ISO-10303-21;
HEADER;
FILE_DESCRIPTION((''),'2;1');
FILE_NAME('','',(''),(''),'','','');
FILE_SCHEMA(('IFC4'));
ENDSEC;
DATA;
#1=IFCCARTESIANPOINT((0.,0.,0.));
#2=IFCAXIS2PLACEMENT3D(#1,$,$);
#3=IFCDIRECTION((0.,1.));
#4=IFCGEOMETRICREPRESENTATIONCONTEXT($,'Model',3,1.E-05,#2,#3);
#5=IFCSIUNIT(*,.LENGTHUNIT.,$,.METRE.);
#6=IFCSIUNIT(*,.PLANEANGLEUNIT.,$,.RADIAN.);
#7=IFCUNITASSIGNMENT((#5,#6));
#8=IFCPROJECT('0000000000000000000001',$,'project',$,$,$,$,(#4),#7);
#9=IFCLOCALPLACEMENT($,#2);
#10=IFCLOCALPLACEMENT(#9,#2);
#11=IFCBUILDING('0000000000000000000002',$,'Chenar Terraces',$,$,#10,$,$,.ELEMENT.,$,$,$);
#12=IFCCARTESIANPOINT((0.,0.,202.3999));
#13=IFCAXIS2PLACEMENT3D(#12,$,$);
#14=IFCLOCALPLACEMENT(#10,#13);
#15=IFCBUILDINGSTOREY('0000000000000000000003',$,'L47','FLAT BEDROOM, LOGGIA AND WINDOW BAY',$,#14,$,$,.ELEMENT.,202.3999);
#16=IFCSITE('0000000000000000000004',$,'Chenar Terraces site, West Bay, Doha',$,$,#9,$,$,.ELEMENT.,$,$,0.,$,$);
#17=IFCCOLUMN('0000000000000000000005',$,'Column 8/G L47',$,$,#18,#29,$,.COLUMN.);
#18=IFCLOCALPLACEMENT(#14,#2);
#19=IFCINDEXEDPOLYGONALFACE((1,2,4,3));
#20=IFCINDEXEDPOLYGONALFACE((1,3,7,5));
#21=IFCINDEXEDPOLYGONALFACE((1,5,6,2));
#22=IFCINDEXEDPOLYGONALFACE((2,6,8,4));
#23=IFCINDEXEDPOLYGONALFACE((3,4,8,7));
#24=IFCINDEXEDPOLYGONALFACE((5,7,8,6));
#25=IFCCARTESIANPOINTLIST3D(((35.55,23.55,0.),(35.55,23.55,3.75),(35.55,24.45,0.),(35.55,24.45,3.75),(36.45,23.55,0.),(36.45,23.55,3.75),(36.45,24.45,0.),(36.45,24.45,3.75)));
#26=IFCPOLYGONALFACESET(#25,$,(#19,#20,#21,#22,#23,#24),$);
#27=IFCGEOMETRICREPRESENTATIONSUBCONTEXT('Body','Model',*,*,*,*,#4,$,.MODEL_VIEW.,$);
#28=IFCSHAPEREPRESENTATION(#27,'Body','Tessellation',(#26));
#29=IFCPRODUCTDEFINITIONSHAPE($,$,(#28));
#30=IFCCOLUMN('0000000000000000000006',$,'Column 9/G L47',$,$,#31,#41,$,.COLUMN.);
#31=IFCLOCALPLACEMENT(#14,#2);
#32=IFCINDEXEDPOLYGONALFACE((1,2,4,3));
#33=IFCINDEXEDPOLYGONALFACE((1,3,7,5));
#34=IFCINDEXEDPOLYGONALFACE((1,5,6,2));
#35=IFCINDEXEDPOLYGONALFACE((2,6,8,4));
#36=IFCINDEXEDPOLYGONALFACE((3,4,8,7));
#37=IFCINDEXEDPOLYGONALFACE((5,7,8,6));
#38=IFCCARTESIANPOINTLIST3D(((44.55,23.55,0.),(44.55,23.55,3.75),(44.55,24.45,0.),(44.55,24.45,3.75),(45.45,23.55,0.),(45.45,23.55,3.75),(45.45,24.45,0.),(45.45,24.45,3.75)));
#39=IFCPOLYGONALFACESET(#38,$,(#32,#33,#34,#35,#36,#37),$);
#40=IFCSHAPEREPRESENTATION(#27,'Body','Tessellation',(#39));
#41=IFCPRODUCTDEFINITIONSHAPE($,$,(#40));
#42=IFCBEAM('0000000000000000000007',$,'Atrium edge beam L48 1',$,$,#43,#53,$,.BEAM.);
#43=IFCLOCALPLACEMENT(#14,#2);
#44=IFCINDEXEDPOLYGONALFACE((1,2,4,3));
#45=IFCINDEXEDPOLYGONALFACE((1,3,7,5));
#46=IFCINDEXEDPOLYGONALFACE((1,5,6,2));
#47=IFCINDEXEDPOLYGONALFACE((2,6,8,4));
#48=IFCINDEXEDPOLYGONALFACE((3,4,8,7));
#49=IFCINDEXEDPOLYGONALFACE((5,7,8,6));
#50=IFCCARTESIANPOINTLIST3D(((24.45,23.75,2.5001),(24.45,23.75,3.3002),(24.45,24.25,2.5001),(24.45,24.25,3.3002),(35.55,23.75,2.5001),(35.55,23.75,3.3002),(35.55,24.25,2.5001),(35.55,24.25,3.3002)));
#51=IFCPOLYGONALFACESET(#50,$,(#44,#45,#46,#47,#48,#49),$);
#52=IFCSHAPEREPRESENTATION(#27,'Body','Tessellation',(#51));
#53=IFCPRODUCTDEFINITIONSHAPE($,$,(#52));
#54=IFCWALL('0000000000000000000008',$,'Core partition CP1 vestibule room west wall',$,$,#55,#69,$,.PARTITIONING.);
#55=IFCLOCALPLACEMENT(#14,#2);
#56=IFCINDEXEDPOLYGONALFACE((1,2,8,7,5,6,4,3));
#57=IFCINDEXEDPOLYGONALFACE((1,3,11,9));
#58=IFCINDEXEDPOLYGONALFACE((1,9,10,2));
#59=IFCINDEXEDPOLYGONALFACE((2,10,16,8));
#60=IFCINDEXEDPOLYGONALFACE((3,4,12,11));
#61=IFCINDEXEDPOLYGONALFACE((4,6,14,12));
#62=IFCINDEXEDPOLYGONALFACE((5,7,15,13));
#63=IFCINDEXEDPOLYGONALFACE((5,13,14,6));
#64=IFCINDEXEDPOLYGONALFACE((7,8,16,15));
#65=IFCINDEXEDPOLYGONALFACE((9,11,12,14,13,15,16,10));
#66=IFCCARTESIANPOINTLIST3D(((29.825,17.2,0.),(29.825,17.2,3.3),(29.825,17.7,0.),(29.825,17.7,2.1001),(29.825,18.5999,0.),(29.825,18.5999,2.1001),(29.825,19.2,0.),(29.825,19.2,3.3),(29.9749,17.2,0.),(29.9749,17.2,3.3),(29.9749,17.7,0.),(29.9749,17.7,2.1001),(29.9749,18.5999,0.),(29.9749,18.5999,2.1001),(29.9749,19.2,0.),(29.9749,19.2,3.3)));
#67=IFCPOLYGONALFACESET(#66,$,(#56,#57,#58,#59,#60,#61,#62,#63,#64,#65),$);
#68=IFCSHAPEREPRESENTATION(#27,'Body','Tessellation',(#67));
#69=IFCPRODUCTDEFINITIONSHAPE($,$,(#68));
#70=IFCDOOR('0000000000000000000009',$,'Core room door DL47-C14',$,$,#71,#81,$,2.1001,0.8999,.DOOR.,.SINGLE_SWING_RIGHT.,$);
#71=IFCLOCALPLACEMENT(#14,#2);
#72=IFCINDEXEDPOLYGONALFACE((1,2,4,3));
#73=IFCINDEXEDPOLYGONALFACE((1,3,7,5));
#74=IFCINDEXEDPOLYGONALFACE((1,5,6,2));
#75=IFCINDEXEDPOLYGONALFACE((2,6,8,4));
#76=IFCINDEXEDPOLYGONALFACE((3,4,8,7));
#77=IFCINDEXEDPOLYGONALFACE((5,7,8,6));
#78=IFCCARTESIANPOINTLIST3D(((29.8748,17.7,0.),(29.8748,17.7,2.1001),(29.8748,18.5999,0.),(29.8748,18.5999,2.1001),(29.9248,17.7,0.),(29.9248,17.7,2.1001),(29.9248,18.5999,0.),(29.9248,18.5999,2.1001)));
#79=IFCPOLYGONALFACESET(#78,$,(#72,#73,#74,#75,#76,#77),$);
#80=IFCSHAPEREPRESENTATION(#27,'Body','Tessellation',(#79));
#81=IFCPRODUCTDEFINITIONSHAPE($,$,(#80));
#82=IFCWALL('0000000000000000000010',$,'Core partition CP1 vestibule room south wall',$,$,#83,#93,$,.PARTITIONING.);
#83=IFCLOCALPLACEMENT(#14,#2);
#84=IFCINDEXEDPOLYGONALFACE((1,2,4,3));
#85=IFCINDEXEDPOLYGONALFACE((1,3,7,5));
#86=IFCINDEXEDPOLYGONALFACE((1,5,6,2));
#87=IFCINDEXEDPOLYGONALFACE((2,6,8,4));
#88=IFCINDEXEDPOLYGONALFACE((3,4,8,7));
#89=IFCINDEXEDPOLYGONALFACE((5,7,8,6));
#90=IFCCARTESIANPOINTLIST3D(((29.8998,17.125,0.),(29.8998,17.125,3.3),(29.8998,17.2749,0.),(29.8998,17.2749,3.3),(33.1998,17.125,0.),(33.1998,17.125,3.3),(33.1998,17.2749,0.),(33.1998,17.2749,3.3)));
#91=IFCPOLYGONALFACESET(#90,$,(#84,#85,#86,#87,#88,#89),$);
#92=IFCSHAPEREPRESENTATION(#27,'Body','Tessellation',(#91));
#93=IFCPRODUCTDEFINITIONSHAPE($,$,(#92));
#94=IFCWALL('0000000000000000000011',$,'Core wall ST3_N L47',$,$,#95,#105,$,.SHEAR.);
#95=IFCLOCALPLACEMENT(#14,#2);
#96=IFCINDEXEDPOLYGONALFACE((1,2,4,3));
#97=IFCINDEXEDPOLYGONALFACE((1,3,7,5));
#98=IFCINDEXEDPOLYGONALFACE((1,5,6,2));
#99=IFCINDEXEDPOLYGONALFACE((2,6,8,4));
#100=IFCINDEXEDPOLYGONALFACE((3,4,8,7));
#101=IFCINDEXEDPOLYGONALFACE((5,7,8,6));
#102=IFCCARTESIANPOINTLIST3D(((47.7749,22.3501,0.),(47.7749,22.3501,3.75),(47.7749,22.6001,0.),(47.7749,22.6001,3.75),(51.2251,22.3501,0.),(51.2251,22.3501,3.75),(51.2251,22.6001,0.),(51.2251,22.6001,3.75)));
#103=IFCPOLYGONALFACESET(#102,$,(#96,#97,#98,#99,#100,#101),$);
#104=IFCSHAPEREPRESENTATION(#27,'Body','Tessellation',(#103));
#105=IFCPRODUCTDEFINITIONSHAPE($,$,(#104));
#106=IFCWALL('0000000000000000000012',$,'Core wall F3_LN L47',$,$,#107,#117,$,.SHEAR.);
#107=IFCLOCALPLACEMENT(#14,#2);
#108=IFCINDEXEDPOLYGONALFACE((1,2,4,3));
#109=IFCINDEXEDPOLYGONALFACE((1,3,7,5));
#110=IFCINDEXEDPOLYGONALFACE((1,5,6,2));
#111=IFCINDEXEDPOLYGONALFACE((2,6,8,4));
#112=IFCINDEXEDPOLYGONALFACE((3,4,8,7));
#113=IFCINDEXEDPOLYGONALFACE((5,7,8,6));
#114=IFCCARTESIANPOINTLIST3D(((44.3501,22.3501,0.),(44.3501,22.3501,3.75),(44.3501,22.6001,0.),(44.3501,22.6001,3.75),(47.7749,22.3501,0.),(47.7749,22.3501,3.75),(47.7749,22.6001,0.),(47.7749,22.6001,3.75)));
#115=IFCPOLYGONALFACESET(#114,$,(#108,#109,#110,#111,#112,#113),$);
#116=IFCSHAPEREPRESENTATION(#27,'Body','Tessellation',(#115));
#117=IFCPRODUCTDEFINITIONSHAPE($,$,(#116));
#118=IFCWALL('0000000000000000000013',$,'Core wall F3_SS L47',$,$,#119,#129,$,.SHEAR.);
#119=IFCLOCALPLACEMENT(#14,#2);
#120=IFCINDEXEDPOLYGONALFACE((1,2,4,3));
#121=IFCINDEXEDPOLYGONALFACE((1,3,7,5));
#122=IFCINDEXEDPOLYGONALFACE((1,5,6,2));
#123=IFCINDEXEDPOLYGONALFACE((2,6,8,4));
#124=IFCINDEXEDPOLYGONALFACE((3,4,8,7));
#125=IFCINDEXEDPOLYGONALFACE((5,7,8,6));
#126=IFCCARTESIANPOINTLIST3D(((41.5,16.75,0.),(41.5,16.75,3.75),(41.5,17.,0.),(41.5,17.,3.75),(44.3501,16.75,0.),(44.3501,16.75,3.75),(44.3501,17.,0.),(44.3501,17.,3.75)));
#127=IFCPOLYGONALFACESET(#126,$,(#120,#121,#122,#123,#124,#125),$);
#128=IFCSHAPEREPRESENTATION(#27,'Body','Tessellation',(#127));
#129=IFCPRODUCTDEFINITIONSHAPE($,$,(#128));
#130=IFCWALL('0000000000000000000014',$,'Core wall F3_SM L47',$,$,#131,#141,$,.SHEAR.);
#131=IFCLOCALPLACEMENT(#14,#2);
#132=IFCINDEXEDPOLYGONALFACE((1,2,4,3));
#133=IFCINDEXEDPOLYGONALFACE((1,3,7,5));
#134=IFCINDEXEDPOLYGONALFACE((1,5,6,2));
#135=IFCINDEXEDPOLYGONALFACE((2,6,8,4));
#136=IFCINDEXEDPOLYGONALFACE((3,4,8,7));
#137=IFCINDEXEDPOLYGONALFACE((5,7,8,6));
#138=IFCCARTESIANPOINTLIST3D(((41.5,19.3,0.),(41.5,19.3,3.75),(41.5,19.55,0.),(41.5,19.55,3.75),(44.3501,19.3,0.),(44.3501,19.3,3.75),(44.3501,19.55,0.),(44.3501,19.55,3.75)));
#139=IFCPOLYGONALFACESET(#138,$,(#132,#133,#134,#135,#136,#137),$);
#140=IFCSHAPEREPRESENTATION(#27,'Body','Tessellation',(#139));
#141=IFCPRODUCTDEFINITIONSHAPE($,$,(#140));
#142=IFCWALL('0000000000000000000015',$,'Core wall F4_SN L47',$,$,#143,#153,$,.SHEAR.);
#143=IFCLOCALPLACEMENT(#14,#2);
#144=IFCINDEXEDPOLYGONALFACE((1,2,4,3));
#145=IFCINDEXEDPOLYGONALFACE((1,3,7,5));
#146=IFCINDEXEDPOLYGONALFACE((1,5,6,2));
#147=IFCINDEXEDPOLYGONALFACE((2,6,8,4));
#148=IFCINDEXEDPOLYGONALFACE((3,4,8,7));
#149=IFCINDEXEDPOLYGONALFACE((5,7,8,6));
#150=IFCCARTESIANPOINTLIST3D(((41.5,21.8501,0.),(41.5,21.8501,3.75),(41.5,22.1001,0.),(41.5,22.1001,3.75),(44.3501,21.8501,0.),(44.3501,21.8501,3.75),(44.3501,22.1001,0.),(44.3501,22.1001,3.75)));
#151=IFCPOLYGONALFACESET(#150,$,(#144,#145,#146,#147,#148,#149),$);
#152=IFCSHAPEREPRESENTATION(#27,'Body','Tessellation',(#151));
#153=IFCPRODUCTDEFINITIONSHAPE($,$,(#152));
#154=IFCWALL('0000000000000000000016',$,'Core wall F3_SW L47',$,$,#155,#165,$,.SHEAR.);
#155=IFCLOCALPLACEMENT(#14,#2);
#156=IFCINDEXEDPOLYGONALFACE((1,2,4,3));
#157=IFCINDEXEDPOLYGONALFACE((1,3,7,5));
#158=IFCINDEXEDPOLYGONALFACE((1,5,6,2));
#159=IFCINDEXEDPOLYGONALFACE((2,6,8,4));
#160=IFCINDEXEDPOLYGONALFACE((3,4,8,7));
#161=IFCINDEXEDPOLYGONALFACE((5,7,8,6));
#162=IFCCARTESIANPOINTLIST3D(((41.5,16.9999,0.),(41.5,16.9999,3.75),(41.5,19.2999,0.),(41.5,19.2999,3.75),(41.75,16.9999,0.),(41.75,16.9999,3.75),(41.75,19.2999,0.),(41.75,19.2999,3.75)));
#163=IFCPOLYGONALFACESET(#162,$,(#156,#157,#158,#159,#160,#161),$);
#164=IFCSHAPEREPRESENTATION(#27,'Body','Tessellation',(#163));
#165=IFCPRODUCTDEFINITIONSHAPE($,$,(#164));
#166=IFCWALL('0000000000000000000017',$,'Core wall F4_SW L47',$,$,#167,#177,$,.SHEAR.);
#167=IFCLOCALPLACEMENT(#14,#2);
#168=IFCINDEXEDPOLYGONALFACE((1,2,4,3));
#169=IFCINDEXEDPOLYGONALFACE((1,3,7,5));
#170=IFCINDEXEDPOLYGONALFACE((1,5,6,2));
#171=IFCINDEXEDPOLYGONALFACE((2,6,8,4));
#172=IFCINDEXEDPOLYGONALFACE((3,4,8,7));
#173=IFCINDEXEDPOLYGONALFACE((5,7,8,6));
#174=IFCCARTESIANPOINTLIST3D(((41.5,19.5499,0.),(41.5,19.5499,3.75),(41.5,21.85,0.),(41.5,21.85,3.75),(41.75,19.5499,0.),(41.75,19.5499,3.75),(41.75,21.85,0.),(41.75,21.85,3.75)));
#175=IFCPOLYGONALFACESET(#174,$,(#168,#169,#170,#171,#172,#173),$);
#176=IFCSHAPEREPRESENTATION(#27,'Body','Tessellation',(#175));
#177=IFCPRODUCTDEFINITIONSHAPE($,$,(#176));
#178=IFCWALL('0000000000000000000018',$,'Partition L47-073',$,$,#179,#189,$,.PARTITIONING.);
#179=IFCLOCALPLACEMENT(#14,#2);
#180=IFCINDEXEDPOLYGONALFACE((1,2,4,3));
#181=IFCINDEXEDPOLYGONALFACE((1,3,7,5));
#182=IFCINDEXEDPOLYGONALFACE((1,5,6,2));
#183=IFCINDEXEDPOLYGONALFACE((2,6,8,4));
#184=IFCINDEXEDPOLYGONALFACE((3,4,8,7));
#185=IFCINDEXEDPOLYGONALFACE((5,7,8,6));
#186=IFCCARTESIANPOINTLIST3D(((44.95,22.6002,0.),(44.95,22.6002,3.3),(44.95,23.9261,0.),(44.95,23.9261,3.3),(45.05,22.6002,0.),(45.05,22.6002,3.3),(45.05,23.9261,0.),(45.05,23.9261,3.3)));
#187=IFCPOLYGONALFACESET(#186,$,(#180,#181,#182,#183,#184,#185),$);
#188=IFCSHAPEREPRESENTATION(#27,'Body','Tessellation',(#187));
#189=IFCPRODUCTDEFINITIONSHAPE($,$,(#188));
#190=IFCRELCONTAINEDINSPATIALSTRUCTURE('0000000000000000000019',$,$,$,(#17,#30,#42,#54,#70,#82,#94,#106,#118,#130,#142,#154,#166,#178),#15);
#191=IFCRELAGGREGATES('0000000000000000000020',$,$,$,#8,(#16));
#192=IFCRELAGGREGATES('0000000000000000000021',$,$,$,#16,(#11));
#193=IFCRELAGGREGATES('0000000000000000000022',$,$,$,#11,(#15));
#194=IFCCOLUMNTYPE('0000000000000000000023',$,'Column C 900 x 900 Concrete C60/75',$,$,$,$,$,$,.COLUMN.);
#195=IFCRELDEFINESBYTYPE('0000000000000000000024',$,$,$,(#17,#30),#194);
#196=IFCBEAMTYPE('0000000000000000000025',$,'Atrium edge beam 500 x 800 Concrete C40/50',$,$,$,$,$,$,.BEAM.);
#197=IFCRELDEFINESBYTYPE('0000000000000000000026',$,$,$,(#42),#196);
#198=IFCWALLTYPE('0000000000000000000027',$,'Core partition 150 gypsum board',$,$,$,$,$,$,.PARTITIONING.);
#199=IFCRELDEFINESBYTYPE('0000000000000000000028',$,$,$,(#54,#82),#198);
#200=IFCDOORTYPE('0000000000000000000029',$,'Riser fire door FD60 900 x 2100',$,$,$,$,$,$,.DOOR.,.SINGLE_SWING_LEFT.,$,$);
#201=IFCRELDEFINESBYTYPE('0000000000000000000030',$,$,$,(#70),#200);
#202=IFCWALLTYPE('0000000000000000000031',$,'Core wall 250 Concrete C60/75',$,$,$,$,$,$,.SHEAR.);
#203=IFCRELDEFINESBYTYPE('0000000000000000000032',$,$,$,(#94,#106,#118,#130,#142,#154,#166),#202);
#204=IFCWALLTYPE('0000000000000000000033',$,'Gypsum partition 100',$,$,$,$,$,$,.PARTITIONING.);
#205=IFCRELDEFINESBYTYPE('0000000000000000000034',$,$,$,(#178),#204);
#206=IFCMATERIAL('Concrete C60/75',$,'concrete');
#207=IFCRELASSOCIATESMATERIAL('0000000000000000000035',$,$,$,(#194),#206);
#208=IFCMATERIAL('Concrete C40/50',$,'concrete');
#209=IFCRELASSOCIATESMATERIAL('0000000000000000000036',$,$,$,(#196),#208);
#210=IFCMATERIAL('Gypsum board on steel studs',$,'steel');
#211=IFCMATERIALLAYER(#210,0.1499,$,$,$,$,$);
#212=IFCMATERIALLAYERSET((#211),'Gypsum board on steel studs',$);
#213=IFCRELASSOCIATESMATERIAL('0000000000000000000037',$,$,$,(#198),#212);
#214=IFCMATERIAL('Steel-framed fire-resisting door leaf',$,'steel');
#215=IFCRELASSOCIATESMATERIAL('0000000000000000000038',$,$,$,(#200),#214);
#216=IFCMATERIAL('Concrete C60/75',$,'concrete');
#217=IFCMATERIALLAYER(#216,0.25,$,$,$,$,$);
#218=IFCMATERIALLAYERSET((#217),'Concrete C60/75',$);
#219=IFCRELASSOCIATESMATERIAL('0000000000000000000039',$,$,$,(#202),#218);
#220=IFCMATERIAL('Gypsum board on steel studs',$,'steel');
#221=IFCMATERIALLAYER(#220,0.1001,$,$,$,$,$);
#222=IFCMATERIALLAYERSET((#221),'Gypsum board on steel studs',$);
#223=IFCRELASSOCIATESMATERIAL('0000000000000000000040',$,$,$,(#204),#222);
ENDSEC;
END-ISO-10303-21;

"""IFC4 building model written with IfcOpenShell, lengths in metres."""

from ifc_helpers import new_model, si_unit, direction, frame, frame_2d, origin, origin_2d, place, context, subcontext, project, spatial, rectangle, extrude, material, layer, layer_set, material_profile, profile_set, type_object, element, fill, save


model = new_model("IFC4")

# Units and contexts
model_context = context("Model", 3, precision=1e-05, world=origin(), true_north=direction((0.0, 1.0)))
body_context = subcontext(model_context, "Body", "Model", "MODEL_VIEW")
ifc_project = project(units=[si_unit("LENGTHUNIT", "METRE"), si_unit("PLANEANGLEUNIT", "RADIAN")], contexts=[model_context])

# Site, building, storey
site_placement = place(None, origin())
site = spatial("IfcSite", under=ifc_project, at=site_placement, Name="Chenar Terraces site, West Bay, Doha", CompositionType="ELEMENT", RefElevation=0.0)
building_placement = place(site_placement, origin())
building = spatial("IfcBuilding", under=site, at=building_placement, Name="Chenar Terraces", CompositionType="ELEMENT")
storey_placement = place(building_placement, frame((0.0, 0.0, 202.3999)))
storey = spatial("IfcBuildingStorey", under=building, at=storey_placement, Name="L47", Description="FLAT BEDROOM, LOGGIA AND WINDOW BAY", CompositionType="ELEMENT", Elevation=202.3999)

# Columns
ifc_material_1 = material(Name="Concrete C60/75", Category="concrete")
ifc_material_profile_1 = material_profile(ifc_material_1, rectangle(XDim=0.8999, YDim=0.8999, at=origin_2d()), Name="C 900 x 900")
ifc_profile_set_1 = profile_set([ifc_material_profile_1], Name="Concrete C60/75")
column_type = type_object("IfcColumnType", Name="Column C 900 x 900 Concrete C60/75", PredefinedType="COLUMN", material=ifc_profile_set_1)
for number, where, z_axis, x_axis, name in (
    (1, (36.0, 24.0, 0.0), (0.0, 0.0, 1.0), (1.0, 0.0, 0.0), "Column 8/G L47"),
    (2, (45.0, 24.0, 0.0), (0.0, 0.0, 1.0), (1.0, 0.0, 0.0), "Column 9/G L47"),
):
    element("IfcColumn", number, at=place(storey_placement, frame(where, z_axis=z_axis, x_axis=x_axis)), inside=storey, type_object=column_type, Name=name, PredefinedType="COLUMN", context=body_context, shape_type="SweptSolid", body=[
        extrude(rectangle(XDim=0.8999, YDim=0.8999, at=origin_2d()), origin(), (0.0, 0.0, 1.0), 3.75),
    ])

# Beam
ifc_material_2 = material(Name="Concrete C40/50", Category="concrete")
ifc_material_profile_2 = material_profile(ifc_material_2, rectangle(XDim=0.5, YDim=0.8, at=origin_2d()), Name="RC 500 x 800")
ifc_profile_set_2 = profile_set([ifc_material_profile_2], Name="Concrete C40/50")
beam_type = type_object("IfcBeamType", Name="Atrium edge beam 500 x 800 Concrete C40/50", PredefinedType="BEAM", material=ifc_profile_set_2)
beam_placement = place(storey_placement, frame((24.45, 24.0, 2.9001), z_axis=(1.0, 0.0, 0.0), x_axis=(0.0, 1.0, 0.0)))
element("IfcBeam", 3, at=beam_placement, inside=storey, type_object=beam_type, Name="Atrium edge beam L48 1", PredefinedType="BEAM", context=body_context, shape_type="SweptSolid", body=[
    extrude(rectangle(XDim=0.5, YDim=0.8, at=origin_2d()), origin(), (0.0, 0.0, 1.0), 11.1001),
])

# Wall, opening, door
ifc_material_3 = material(Name="Gypsum board on steel studs", Category="steel")
ifc_layer_1 = layer(ifc_material_3, 0.1499)
ifc_layer_set_1 = layer_set([ifc_layer_1], Name="Gypsum board on steel studs")
wall_type_1 = type_object("IfcWallType", Name="Core partition 150 gypsum board", PredefinedType="PARTITIONING", material=ifc_layer_set_1)
wall_1_placement = place(storey_placement, frame((29.8999, 17.2, 0.0), z_axis=(0.0, 0.0, 1.0), x_axis=(0.0, 1.0, 0.0)))
wall_1 = element("IfcWall", 4, at=wall_1_placement, inside=storey, type_object=wall_type_1, Name="Core partition CP1 vestibule room west wall", PredefinedType="PARTITIONING", context=body_context, shape_type="SweptSolid", body=[
    extrude(rectangle(XDim=2.0, YDim=0.1499, at=frame_2d((1.0, 0.0))), origin(), (0.0, 0.0, 1.0), 3.3),
])
opening_1_placement = place(wall_1_placement, frame((0.5, 0.0, 0.0)))
opening_1 = element("IfcOpeningElement", 5, at=opening_1_placement, cuts=wall_1, PredefinedType="OPENING", context=body_context, shape_type="SweptSolid", body=[
    extrude(rectangle(XDim=0.8999, YDim=2.1001, at=frame_2d((0.45, 1.05))), frame((0.0, 0.085, 0.0), z_axis=(0.0, -1.0, 0.0), x_axis=(1.0, 0.0, 0.0)), (0.0, 0.0, 1.0), 0.1699),
])
ifc_material_4 = material(Name="Steel-framed fire-resisting door leaf", Category="steel")
door_type = type_object("IfcDoorType", Name="Riser fire door FD60 900 x 2100", OperationType="SINGLE_SWING_LEFT", PredefinedType="DOOR", material=ifc_material_4)
door_placement = place(opening_1_placement, frame((0.8999, 0.0, 0.0), z_axis=(0.0, 0.0, 1.0), x_axis=(-1.0, 0.0, 0.0)))
door = element("IfcDoor", 6, at=door_placement, inside=storey, type_object=door_type, Name="Core room door DL47-C14", OperationType="SINGLE_SWING_RIGHT", OverallHeight=2.1001, OverallWidth=0.8999, PredefinedType="DOOR", context=body_context, shape_type="SweptSolid", body=[
    extrude(rectangle(XDim=0.8999, YDim=2.1001, at=frame_2d((0.45, 1.05))), frame((0.0, 0.0249, 0.0), z_axis=(0.0, -1.0, 0.0), x_axis=(1.0, 0.0, 0.0)), (0.0, 0.0, 1.0), 0.05),
])
fill(opening_1, door)

# Walls
wall_2_placement = place(storey_placement, frame((29.8999, 17.2, 0.0), z_axis=(0.0, 0.0, 1.0), x_axis=(1.0, 0.0, 0.0)))
element("IfcWall", 7, at=wall_2_placement, inside=storey, type_object=wall_type_1, Name="Core partition CP1 vestibule room south wall", PredefinedType="PARTITIONING", context=body_context, shape_type="SweptSolid", body=[
    extrude(rectangle(XDim=3.3, YDim=0.1499, at=frame_2d((1.6499, 0.0))), origin(), (0.0, 0.0, 1.0), 3.3),
])
ifc_material_5 = material(Name="Concrete C60/75", Category="concrete")
ifc_layer_2 = layer(ifc_material_5, 0.25)
ifc_layer_set_2 = layer_set([ifc_layer_2], Name="Concrete C60/75")
wall_type_2 = type_object("IfcWallType", Name="Core wall 250 Concrete C60/75", PredefinedType="SHEAR", material=ifc_layer_set_2)
wall_3_placement = place(storey_placement, frame((47.7749, 22.4751, 0.0), z_axis=(0.0, 0.0, 1.0), x_axis=(1.0, 0.0, 0.0)))
element("IfcWall", 8, at=wall_3_placement, inside=storey, type_object=wall_type_2, Name="Core wall ST3_N L47", PredefinedType="SHEAR", context=body_context, shape_type="SweptSolid", body=[
    extrude(rectangle(XDim=3.4502, YDim=0.25, at=frame_2d((1.7251, 0.0))), origin(), (0.0, 0.0, 1.0), 3.75),
])
wall_4_placement = place(storey_placement, frame((44.3501, 22.4751, 0.0), z_axis=(0.0, 0.0, 1.0), x_axis=(1.0, 0.0, 0.0)))
element("IfcWall", 9, at=wall_4_placement, inside=storey, type_object=wall_type_2, Name="Core wall F3_LN L47", PredefinedType="SHEAR", context=body_context, shape_type="SweptSolid", body=[
    extrude(rectangle(XDim=3.4248, YDim=0.25, at=frame_2d((1.7124, 0.0))), origin(), (0.0, 0.0, 1.0), 3.75),
])
for number, where, z_axis, x_axis, name in (
    (10, (41.5, 16.875, 0.0), (0.0, 0.0, 1.0), (1.0, 0.0, 0.0), "Core wall F3_SS L47"),
    (11, (41.5, 19.425, 0.0), (0.0, 0.0, 1.0), (1.0, 0.0, 0.0), "Core wall F3_SM L47"),
    (12, (41.5, 21.9751, 0.0), (0.0, 0.0, 1.0), (1.0, 0.0, 0.0), "Core wall F4_SN L47"),
):
    element("IfcWall", number, at=place(storey_placement, frame(where, z_axis=z_axis, x_axis=x_axis)), inside=storey, type_object=wall_type_2, Name=name, PredefinedType="SHEAR", context=body_context, shape_type="SweptSolid", body=[
        extrude(rectangle(XDim=2.8501, YDim=0.25, at=frame_2d((1.425, 0.0))), origin(), (0.0, 0.0, 1.0), 3.75),
    ])
for number, where, z_axis, x_axis, name in (
    (13, (41.625, 17.0, 0.0), (0.0, 0.0, 1.0), (0.0, 1.0, 0.0), "Core wall F3_SW L47"),
    (14, (41.625, 19.55, 0.0), (0.0, 0.0, 1.0), (0.0, 1.0, 0.0), "Core wall F4_SW L47"),
):
    element("IfcWall", number, at=place(storey_placement, frame(where, z_axis=z_axis, x_axis=x_axis)), inside=storey, type_object=wall_type_2, Name=name, PredefinedType="SHEAR", context=body_context, shape_type="SweptSolid", body=[
        extrude(rectangle(XDim=2.3, YDim=0.25, at=frame_2d((1.1499, 0.0))), origin(), (0.0, 0.0, 1.0), 3.75),
    ])
ifc_material_6 = material(Name="Gypsum board on steel studs", Category="steel")
ifc_layer_3 = layer(ifc_material_6, 0.1001)
ifc_layer_set_3 = layer_set([ifc_layer_3], Name="Gypsum board on steel studs")
wall_type_3 = type_object("IfcWallType", Name="Gypsum partition 100", PredefinedType="PARTITIONING", material=ifc_layer_set_3)
wall_5_placement = place(storey_placement, frame((45.0, 22.6001, 0.0), z_axis=(0.0, 0.0, 1.0), x_axis=(0.0, 1.0, 0.0)))
element("IfcWall", 15, at=wall_5_placement, inside=storey, type_object=wall_type_3, Name="Partition L47-073", PredefinedType="PARTITIONING", context=body_context, shape_type="SweptSolid", body=[
    extrude(rectangle(XDim=1.3259, YDim=0.1001, at=frame_2d((0.6631, 0.0))), origin(), (0.0, 0.0, 1.0), 3.3),
])

save(model, "model.ifc")
